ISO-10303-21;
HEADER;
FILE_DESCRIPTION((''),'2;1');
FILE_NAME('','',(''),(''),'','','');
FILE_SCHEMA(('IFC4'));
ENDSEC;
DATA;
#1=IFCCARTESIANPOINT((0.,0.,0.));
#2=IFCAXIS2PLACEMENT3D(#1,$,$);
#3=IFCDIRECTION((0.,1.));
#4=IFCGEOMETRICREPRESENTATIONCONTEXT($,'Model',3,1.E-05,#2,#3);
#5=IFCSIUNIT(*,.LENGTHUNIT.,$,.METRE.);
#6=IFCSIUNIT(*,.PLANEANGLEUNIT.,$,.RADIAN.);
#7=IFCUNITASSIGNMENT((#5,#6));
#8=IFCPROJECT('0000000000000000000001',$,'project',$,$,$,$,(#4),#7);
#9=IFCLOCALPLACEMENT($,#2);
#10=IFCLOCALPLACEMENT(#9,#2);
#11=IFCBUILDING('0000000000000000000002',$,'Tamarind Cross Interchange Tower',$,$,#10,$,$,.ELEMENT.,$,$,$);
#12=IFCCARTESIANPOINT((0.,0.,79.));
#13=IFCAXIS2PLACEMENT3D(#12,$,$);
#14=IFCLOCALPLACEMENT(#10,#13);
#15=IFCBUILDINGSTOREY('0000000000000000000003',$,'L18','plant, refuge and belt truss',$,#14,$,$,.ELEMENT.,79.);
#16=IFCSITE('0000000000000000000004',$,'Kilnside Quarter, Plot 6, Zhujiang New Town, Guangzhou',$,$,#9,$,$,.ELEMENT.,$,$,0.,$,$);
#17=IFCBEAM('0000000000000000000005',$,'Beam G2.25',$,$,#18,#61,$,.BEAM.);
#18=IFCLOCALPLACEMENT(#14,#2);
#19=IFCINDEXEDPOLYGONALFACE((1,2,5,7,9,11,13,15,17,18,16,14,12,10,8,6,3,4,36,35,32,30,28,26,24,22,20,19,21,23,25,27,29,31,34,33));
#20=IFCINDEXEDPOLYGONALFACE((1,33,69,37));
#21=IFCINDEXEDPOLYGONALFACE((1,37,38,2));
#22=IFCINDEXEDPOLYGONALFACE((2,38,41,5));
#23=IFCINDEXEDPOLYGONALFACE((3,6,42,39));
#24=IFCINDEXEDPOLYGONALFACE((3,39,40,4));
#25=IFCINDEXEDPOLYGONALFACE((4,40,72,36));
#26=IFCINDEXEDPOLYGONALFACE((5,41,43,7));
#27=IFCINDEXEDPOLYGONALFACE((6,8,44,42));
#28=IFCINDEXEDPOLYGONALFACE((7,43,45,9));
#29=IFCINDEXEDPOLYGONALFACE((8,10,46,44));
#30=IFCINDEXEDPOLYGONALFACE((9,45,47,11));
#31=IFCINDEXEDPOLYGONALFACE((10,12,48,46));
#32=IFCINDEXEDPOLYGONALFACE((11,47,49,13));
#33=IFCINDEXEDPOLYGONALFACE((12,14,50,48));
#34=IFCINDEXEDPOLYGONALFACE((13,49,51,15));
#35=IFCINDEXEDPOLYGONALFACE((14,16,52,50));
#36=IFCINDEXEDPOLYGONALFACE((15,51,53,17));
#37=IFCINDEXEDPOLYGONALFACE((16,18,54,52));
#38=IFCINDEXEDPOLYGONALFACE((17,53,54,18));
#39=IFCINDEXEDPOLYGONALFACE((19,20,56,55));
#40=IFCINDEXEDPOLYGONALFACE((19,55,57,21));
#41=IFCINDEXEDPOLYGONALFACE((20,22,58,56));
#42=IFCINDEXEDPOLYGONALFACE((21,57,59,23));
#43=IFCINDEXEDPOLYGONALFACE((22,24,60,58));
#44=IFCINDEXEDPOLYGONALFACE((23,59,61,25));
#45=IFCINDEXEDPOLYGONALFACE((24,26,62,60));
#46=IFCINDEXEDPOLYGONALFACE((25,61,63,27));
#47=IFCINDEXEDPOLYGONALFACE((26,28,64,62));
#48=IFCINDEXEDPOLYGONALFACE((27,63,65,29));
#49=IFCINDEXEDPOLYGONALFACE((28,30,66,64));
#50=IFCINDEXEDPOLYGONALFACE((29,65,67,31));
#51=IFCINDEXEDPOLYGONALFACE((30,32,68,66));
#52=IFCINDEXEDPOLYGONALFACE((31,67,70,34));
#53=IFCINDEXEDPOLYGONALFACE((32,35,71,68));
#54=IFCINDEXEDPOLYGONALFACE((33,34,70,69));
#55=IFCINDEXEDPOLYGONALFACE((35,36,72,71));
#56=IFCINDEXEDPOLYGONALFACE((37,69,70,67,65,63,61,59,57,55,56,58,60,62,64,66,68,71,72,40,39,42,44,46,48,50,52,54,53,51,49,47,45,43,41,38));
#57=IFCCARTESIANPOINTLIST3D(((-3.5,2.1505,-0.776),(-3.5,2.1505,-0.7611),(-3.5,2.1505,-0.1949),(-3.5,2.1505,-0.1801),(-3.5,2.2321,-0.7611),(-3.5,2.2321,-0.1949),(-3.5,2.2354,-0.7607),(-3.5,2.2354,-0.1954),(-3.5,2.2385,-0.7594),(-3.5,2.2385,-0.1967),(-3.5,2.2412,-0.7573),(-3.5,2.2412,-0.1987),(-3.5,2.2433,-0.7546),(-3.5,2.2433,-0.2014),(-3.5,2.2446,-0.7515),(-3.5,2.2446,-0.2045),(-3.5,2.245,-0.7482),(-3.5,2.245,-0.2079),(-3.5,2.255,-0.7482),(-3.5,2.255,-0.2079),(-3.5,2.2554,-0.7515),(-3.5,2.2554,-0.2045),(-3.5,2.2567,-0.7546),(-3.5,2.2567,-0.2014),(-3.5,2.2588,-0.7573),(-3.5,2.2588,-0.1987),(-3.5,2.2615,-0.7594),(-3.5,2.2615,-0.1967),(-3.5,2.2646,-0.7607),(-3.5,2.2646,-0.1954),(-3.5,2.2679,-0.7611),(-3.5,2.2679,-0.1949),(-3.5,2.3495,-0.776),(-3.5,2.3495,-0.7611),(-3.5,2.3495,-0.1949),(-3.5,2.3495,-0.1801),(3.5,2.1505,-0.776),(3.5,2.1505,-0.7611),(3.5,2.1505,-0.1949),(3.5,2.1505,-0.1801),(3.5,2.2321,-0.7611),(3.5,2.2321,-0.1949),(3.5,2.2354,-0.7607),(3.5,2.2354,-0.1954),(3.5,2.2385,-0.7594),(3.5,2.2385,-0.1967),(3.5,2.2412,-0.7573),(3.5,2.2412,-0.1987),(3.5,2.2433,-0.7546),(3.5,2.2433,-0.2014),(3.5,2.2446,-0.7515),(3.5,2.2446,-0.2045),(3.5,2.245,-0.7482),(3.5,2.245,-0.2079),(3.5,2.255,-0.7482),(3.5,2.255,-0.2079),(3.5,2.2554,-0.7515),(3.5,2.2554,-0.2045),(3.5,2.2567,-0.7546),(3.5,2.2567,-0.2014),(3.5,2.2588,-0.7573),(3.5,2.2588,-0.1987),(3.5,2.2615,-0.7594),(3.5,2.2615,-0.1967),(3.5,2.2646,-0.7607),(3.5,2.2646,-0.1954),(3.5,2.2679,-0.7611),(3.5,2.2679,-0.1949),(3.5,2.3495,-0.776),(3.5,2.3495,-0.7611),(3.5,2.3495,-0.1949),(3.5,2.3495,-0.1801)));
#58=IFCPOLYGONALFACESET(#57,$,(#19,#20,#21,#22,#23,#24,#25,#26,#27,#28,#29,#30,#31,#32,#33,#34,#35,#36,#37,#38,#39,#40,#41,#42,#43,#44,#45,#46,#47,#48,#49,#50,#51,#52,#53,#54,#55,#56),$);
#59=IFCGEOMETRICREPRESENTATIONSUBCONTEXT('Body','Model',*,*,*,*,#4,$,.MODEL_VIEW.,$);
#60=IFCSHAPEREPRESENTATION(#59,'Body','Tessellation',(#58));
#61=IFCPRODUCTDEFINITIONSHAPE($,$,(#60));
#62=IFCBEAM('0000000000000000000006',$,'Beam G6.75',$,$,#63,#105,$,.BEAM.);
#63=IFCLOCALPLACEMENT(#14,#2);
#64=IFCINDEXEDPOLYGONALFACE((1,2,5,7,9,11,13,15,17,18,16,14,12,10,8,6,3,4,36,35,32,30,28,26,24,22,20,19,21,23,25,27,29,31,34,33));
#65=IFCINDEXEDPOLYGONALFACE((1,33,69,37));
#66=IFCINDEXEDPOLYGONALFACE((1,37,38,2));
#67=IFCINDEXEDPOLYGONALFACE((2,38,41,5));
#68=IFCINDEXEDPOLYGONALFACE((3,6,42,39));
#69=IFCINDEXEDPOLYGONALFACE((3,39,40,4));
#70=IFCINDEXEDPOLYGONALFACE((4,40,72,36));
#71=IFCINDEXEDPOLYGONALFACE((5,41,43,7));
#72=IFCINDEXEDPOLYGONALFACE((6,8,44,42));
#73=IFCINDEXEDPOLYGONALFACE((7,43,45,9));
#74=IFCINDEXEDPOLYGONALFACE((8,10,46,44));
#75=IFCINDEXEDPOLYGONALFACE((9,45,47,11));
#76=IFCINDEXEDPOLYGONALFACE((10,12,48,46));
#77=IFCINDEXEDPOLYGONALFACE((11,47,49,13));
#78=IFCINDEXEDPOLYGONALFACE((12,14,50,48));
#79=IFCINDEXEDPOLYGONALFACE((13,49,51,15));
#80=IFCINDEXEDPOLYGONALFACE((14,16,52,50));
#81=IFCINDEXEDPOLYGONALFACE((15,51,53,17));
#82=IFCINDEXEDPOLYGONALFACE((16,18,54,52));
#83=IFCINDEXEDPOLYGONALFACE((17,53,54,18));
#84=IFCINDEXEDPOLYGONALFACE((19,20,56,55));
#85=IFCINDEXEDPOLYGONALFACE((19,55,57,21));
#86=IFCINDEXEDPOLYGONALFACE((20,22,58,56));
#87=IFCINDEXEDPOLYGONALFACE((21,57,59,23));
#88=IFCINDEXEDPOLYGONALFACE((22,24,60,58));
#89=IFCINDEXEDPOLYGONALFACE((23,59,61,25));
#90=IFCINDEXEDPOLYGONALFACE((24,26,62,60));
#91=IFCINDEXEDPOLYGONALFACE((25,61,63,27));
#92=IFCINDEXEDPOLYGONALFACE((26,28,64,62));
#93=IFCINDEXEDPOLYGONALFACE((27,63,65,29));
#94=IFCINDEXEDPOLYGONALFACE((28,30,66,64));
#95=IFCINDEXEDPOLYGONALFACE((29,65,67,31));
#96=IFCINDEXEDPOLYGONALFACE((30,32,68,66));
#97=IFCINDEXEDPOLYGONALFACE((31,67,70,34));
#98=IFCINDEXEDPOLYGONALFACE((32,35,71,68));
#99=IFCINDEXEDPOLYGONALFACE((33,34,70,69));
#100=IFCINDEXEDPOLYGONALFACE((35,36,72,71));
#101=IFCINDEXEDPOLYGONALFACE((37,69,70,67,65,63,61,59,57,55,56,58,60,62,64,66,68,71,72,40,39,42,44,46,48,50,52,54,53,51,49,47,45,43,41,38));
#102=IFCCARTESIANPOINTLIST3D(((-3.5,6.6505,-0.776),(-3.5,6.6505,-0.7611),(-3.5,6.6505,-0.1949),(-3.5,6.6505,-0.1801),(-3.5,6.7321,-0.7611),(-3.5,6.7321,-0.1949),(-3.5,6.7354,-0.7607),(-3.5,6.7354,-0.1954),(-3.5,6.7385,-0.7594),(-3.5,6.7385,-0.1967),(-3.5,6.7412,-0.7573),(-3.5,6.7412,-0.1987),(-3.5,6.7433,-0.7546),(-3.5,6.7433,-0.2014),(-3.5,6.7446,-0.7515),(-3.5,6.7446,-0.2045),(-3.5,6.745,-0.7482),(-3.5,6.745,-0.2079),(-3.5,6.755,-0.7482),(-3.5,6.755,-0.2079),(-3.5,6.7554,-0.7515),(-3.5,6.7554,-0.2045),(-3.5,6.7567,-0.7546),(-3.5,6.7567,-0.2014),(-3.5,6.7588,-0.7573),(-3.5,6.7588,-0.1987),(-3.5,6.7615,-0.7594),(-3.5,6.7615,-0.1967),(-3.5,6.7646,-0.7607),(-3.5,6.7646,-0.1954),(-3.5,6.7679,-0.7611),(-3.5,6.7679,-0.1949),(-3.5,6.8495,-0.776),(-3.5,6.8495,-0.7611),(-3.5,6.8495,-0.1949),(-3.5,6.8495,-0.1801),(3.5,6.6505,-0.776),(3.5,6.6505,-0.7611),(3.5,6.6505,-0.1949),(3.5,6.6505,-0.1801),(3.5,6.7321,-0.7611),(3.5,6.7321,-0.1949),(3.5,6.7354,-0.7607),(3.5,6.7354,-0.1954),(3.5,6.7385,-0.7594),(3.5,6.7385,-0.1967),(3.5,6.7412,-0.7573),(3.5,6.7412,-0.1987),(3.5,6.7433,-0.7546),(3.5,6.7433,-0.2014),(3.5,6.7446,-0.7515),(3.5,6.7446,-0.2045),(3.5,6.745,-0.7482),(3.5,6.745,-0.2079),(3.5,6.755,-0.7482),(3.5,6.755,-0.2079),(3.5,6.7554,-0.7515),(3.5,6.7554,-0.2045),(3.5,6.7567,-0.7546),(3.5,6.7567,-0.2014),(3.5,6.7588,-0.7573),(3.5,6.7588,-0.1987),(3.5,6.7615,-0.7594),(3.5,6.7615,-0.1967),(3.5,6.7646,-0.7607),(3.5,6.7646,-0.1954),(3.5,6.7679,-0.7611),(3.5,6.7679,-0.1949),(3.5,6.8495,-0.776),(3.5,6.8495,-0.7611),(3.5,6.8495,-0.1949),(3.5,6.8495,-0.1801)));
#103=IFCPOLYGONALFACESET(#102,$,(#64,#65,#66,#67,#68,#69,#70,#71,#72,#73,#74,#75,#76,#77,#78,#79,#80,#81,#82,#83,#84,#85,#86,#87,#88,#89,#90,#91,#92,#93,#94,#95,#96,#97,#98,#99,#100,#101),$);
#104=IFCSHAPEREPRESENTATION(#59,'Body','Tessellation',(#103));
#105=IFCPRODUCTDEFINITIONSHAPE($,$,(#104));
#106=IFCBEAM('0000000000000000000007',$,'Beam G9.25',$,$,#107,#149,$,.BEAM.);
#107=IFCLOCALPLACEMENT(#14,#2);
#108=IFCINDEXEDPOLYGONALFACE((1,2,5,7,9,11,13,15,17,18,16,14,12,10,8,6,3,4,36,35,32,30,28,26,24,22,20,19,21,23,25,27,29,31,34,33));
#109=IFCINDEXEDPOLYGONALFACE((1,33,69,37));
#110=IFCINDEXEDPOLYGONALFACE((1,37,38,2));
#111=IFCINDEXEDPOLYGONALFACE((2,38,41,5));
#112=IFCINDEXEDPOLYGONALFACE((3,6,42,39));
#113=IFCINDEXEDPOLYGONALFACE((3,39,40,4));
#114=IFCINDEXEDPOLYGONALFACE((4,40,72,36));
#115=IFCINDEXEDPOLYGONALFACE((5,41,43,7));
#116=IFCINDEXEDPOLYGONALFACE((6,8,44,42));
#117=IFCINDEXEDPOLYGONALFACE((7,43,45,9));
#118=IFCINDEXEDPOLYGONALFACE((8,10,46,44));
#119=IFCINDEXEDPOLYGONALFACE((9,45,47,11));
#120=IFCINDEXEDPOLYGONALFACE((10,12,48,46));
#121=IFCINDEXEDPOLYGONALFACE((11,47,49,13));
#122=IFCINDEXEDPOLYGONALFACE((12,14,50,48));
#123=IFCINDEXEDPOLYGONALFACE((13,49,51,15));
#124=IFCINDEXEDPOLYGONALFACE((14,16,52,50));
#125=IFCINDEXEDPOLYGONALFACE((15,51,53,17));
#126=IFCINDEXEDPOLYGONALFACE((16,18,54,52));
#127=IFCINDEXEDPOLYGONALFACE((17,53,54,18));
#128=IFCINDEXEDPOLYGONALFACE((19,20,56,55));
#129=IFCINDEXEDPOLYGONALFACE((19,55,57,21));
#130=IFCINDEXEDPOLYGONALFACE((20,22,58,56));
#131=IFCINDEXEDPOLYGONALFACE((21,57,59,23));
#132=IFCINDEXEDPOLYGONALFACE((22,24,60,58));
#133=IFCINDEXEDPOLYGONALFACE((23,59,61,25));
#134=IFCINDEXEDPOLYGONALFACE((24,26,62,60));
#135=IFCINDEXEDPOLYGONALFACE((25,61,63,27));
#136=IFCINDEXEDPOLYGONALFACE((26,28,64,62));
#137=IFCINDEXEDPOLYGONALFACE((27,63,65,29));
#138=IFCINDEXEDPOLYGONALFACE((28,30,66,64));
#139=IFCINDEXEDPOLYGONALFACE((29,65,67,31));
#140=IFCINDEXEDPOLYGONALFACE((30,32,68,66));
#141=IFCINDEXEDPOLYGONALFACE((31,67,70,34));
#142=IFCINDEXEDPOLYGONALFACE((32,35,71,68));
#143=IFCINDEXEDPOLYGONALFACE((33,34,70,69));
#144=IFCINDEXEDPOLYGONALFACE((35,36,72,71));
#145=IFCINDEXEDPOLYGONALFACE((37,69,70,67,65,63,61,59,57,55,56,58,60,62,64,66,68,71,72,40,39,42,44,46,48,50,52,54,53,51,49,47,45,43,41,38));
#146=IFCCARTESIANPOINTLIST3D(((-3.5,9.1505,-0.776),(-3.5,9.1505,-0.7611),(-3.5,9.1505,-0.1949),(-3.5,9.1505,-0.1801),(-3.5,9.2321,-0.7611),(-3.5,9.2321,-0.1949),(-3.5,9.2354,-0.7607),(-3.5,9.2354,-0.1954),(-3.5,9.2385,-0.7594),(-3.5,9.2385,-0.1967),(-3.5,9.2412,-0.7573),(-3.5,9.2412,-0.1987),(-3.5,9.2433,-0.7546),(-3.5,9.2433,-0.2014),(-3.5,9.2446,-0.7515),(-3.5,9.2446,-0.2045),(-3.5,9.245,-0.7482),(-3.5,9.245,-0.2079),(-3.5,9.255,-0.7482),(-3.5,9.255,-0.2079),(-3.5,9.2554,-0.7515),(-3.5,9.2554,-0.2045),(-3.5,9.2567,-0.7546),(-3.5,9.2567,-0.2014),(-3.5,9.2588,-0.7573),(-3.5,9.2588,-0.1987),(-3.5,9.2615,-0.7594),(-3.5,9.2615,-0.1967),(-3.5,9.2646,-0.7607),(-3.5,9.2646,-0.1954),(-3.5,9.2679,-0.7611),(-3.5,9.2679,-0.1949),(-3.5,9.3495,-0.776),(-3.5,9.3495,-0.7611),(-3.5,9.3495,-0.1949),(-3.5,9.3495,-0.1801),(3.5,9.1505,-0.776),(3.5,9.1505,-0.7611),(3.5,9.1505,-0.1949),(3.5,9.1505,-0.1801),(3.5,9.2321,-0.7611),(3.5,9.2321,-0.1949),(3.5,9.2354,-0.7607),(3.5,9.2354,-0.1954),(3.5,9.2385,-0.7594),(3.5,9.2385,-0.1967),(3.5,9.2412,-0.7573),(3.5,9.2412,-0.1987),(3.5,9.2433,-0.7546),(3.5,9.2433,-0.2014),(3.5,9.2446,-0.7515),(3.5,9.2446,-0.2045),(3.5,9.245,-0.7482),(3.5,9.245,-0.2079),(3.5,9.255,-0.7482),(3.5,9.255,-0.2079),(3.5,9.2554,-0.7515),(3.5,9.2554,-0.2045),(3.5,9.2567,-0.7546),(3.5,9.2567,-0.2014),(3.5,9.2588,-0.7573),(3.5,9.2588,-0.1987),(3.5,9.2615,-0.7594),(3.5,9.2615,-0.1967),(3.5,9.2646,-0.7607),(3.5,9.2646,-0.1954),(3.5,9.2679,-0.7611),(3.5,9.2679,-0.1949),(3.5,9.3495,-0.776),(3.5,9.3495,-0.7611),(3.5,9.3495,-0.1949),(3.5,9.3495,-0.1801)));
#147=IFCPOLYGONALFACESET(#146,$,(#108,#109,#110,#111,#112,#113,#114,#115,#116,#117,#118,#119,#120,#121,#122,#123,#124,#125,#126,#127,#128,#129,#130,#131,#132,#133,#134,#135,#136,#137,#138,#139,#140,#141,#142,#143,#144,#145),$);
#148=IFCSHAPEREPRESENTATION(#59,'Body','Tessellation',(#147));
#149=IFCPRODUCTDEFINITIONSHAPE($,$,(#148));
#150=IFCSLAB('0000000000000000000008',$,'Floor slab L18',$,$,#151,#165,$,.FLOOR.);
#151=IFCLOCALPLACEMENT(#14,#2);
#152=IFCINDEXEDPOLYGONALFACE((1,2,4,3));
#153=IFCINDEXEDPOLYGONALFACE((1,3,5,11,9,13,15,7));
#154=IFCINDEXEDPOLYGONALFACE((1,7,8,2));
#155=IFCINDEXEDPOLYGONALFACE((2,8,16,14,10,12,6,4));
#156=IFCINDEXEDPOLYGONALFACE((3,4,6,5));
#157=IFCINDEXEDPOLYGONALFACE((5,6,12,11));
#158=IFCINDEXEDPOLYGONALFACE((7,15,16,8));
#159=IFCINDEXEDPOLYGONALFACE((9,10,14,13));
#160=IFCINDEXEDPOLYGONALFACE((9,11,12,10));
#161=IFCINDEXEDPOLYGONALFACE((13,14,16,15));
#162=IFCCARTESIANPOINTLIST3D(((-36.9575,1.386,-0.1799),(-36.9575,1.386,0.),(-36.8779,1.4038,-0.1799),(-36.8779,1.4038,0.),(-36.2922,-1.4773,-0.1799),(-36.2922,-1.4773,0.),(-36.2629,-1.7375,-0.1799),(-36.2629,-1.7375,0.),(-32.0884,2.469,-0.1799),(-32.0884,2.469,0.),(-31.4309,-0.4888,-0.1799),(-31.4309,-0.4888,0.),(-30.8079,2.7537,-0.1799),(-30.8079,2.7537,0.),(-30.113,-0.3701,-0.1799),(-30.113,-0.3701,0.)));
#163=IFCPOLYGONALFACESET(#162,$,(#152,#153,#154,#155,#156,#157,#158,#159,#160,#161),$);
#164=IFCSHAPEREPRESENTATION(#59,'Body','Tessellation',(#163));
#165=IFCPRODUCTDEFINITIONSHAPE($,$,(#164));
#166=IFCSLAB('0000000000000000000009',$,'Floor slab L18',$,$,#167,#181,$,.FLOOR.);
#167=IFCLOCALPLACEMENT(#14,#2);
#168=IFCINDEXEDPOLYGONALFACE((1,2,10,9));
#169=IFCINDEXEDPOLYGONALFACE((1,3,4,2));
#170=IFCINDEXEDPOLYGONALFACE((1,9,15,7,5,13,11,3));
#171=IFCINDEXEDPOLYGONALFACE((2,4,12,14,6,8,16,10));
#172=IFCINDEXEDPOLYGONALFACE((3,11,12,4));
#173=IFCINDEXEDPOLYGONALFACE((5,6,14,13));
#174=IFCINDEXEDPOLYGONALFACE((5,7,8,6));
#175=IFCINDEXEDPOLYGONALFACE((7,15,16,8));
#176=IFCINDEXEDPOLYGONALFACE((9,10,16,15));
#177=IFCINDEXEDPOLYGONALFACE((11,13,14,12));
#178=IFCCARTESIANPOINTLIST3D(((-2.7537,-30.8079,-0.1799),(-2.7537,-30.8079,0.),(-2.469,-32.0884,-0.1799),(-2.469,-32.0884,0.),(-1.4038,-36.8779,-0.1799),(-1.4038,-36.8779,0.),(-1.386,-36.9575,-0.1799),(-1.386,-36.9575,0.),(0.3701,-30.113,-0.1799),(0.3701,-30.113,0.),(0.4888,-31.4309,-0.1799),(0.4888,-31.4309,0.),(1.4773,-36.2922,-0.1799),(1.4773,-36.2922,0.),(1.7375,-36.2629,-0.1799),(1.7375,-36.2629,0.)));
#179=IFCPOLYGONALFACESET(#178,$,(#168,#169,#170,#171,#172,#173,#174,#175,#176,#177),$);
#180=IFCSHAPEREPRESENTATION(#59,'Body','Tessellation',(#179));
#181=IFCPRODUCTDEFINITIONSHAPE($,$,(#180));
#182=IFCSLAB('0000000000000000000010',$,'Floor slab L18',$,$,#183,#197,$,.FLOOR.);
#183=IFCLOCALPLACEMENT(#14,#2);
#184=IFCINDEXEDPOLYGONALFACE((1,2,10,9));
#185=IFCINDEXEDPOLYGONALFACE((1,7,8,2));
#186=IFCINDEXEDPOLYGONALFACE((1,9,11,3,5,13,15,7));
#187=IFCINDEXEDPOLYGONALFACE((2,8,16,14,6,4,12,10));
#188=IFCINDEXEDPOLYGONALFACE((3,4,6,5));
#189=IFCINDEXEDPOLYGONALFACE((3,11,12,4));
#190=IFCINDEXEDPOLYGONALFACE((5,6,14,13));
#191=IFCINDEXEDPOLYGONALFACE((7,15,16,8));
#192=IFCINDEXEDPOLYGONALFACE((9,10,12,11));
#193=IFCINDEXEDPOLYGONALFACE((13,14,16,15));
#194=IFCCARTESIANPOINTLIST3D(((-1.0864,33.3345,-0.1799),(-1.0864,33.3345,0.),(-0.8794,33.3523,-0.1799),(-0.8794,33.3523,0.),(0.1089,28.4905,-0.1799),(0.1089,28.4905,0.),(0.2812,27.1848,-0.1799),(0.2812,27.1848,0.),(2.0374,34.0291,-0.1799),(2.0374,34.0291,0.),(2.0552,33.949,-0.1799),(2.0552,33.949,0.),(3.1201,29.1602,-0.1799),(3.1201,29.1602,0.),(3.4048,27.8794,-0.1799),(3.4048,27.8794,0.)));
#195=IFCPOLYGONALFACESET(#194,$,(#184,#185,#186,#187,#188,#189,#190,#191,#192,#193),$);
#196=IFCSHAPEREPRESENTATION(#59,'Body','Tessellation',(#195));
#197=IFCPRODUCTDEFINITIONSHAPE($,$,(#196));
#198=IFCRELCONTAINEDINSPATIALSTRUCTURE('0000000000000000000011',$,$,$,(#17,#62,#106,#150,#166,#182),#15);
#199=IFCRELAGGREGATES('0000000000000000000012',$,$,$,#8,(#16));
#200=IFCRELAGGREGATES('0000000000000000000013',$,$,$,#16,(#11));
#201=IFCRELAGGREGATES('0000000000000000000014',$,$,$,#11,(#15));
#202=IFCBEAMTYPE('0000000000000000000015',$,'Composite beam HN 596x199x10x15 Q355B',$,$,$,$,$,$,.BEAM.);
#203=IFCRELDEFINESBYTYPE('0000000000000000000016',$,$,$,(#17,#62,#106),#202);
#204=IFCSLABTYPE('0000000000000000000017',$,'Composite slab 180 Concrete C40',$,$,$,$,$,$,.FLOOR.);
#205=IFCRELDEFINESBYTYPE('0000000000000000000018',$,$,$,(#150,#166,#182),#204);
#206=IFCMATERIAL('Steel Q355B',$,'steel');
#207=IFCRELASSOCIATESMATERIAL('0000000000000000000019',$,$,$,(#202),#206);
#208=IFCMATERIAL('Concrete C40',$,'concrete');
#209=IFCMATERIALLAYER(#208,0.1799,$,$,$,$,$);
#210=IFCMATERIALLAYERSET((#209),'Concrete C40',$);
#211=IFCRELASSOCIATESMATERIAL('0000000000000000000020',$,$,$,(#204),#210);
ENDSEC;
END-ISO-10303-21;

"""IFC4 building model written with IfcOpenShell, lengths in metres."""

from ifc_helpers import new_model, si_unit, direction, frame, origin, origin_2d, place, context, subcontext, project, spatial, polyline, i_section, outline, extrude, material, layer, layer_set, material_profile, profile_set, type_object, element, save


model = new_model("IFC4")

# Units and contexts
model_context = context("Model", 3, precision=1e-05, world=origin(), true_north=direction((0.0, 1.0)))
body_context = subcontext(model_context, "Body", "Model", "MODEL_VIEW")
ifc_project = project(units=[si_unit("LENGTHUNIT", "METRE"), si_unit("PLANEANGLEUNIT", "RADIAN")], contexts=[model_context])

# Site, building, storey
site_placement = place(None, origin())
site = spatial("IfcSite", under=ifc_project, at=site_placement, Name="Kilnside Quarter, Plot 6, Zhujiang New Town, Guangzhou", CompositionType="ELEMENT", RefElevation=0.0)
building_placement = place(site_placement, origin())
building = spatial("IfcBuilding", under=site, at=building_placement, Name="Tamarind Cross Interchange Tower", CompositionType="ELEMENT")
storey_placement = place(building_placement, frame((0.0, 0.0, 79.0)))
storey = spatial("IfcBuildingStorey", under=building, at=storey_placement, Name="L18", Description="plant, refuge and belt truss", CompositionType="ELEMENT", Elevation=79.0)

# Beams
ifc_material_1 = material(Name="Steel Q355B", Category="steel")
ifc_material_profile = material_profile(ifc_material_1, i_section(OverallWidth=0.199, OverallDepth=0.5959, WebThickness=0.01, FlangeThickness=0.0149, FilletRadius=0.0129, at=origin_2d()), Name="HN 596x199x10x15")
ifc_profile_set = profile_set([ifc_material_profile], Name="Steel Q355B")
beam_type = type_object("IfcBeamType", Name="Composite beam HN 596x199x10x15 Q355B", PredefinedType="BEAM", material=ifc_profile_set)
for number, where, z_axis, x_axis, name in (
    (1, (-3.5, 2.25, -0.478), (1.0, 0.0, 0.0), (0.0, 1.0, 0.0), "Beam G2.25"),
    (2, (-3.5, 6.75, -0.478), (1.0, 0.0, 0.0), (0.0, 1.0, 0.0), "Beam G6.75"),
    (3, (-3.5, 9.25, -0.478), (1.0, 0.0, 0.0), (0.0, 1.0, 0.0), "Beam G9.25"),
):
    element("IfcBeam", number, at=place(storey_placement, frame(where, z_axis=z_axis, x_axis=x_axis)), inside=storey, type_object=beam_type, Name=name, PredefinedType="BEAM", context=body_context, shape_type="SweptSolid", body=[
        extrude(i_section(OverallWidth=0.199, OverallDepth=0.5959, WebThickness=0.01, FlangeThickness=0.0149, FilletRadius=0.0129, at=origin_2d()), origin(), (0.0, 0.0, 1.0), 7.0),
    ])

# Slabs
ifc_material_2 = material(Name="Concrete C40", Category="concrete")
ifc_layer_1 = layer(ifc_material_2, 0.1799)
ifc_layer_set_1 = layer_set([ifc_layer_1], Name="Concrete C40")
slab_type = type_object("IfcSlabType", Name="Composite slab 180 Concrete C40", PredefinedType="FLOOR", material=ifc_layer_set_1)
slab_1_placement = place(storey_placement, frame((0.0, 0.0, -0.1799)))
element("IfcSlab", 4, at=slab_1_placement, inside=storey, type_object=slab_type, Name="Floor slab L18", PredefinedType="FLOOR", context=body_context, shape_type="SweptSolid", body=[
    extrude(outline(polyline([(-30.113, -0.3701), (-30.8079, 2.7537), (-32.0884, 2.469), (-31.4309, -0.4888), (-36.2922, -1.4773), (-36.8779, 1.4038), (-36.9575, 1.386), (-36.2629, -1.7375), (-30.113, -0.3701)])), origin(), (0.0, 0.0, 1.0), 0.1799),
])
slab_2_placement = place(storey_placement, frame((0.0, 0.0, -0.1799)))
element("IfcSlab", 5, at=slab_2_placement, inside=storey, type_object=slab_type, Name="Floor slab L18", PredefinedType="FLOOR", context=body_context, shape_type="SweptSolid", body=[
    extrude(outline(polyline([(0.3701, -30.113), (-2.7537, -30.8079), (-2.469, -32.0884), (0.4888, -31.4309), (1.4773, -36.2922), (-1.4038, -36.8779), (-1.386, -36.9575), (1.7375, -36.2629), (0.3701, -30.113)])), origin(), (0.0, 0.0, 1.0), 0.1799),
])
slab_3_placement = place(storey_placement, frame((0.0, 0.0, -0.1799)))
element("IfcSlab", 6, at=slab_3_placement, inside=storey, type_object=slab_type, Name="Floor slab L18", PredefinedType="FLOOR", context=body_context, shape_type="SweptSolid", body=[
    extrude(outline(polyline([(2.0374, 34.0291), (-1.0864, 33.3345), (0.2812, 27.1848), (3.4048, 27.8794), (3.1201, 29.1602), (0.1089, 28.4905), (-0.8794, 33.3523), (2.0552, 33.949), (2.0374, 34.0291)])), origin(), (0.0, 0.0, 1.0), 0.1799),
])

save(model, "model.ifc")
